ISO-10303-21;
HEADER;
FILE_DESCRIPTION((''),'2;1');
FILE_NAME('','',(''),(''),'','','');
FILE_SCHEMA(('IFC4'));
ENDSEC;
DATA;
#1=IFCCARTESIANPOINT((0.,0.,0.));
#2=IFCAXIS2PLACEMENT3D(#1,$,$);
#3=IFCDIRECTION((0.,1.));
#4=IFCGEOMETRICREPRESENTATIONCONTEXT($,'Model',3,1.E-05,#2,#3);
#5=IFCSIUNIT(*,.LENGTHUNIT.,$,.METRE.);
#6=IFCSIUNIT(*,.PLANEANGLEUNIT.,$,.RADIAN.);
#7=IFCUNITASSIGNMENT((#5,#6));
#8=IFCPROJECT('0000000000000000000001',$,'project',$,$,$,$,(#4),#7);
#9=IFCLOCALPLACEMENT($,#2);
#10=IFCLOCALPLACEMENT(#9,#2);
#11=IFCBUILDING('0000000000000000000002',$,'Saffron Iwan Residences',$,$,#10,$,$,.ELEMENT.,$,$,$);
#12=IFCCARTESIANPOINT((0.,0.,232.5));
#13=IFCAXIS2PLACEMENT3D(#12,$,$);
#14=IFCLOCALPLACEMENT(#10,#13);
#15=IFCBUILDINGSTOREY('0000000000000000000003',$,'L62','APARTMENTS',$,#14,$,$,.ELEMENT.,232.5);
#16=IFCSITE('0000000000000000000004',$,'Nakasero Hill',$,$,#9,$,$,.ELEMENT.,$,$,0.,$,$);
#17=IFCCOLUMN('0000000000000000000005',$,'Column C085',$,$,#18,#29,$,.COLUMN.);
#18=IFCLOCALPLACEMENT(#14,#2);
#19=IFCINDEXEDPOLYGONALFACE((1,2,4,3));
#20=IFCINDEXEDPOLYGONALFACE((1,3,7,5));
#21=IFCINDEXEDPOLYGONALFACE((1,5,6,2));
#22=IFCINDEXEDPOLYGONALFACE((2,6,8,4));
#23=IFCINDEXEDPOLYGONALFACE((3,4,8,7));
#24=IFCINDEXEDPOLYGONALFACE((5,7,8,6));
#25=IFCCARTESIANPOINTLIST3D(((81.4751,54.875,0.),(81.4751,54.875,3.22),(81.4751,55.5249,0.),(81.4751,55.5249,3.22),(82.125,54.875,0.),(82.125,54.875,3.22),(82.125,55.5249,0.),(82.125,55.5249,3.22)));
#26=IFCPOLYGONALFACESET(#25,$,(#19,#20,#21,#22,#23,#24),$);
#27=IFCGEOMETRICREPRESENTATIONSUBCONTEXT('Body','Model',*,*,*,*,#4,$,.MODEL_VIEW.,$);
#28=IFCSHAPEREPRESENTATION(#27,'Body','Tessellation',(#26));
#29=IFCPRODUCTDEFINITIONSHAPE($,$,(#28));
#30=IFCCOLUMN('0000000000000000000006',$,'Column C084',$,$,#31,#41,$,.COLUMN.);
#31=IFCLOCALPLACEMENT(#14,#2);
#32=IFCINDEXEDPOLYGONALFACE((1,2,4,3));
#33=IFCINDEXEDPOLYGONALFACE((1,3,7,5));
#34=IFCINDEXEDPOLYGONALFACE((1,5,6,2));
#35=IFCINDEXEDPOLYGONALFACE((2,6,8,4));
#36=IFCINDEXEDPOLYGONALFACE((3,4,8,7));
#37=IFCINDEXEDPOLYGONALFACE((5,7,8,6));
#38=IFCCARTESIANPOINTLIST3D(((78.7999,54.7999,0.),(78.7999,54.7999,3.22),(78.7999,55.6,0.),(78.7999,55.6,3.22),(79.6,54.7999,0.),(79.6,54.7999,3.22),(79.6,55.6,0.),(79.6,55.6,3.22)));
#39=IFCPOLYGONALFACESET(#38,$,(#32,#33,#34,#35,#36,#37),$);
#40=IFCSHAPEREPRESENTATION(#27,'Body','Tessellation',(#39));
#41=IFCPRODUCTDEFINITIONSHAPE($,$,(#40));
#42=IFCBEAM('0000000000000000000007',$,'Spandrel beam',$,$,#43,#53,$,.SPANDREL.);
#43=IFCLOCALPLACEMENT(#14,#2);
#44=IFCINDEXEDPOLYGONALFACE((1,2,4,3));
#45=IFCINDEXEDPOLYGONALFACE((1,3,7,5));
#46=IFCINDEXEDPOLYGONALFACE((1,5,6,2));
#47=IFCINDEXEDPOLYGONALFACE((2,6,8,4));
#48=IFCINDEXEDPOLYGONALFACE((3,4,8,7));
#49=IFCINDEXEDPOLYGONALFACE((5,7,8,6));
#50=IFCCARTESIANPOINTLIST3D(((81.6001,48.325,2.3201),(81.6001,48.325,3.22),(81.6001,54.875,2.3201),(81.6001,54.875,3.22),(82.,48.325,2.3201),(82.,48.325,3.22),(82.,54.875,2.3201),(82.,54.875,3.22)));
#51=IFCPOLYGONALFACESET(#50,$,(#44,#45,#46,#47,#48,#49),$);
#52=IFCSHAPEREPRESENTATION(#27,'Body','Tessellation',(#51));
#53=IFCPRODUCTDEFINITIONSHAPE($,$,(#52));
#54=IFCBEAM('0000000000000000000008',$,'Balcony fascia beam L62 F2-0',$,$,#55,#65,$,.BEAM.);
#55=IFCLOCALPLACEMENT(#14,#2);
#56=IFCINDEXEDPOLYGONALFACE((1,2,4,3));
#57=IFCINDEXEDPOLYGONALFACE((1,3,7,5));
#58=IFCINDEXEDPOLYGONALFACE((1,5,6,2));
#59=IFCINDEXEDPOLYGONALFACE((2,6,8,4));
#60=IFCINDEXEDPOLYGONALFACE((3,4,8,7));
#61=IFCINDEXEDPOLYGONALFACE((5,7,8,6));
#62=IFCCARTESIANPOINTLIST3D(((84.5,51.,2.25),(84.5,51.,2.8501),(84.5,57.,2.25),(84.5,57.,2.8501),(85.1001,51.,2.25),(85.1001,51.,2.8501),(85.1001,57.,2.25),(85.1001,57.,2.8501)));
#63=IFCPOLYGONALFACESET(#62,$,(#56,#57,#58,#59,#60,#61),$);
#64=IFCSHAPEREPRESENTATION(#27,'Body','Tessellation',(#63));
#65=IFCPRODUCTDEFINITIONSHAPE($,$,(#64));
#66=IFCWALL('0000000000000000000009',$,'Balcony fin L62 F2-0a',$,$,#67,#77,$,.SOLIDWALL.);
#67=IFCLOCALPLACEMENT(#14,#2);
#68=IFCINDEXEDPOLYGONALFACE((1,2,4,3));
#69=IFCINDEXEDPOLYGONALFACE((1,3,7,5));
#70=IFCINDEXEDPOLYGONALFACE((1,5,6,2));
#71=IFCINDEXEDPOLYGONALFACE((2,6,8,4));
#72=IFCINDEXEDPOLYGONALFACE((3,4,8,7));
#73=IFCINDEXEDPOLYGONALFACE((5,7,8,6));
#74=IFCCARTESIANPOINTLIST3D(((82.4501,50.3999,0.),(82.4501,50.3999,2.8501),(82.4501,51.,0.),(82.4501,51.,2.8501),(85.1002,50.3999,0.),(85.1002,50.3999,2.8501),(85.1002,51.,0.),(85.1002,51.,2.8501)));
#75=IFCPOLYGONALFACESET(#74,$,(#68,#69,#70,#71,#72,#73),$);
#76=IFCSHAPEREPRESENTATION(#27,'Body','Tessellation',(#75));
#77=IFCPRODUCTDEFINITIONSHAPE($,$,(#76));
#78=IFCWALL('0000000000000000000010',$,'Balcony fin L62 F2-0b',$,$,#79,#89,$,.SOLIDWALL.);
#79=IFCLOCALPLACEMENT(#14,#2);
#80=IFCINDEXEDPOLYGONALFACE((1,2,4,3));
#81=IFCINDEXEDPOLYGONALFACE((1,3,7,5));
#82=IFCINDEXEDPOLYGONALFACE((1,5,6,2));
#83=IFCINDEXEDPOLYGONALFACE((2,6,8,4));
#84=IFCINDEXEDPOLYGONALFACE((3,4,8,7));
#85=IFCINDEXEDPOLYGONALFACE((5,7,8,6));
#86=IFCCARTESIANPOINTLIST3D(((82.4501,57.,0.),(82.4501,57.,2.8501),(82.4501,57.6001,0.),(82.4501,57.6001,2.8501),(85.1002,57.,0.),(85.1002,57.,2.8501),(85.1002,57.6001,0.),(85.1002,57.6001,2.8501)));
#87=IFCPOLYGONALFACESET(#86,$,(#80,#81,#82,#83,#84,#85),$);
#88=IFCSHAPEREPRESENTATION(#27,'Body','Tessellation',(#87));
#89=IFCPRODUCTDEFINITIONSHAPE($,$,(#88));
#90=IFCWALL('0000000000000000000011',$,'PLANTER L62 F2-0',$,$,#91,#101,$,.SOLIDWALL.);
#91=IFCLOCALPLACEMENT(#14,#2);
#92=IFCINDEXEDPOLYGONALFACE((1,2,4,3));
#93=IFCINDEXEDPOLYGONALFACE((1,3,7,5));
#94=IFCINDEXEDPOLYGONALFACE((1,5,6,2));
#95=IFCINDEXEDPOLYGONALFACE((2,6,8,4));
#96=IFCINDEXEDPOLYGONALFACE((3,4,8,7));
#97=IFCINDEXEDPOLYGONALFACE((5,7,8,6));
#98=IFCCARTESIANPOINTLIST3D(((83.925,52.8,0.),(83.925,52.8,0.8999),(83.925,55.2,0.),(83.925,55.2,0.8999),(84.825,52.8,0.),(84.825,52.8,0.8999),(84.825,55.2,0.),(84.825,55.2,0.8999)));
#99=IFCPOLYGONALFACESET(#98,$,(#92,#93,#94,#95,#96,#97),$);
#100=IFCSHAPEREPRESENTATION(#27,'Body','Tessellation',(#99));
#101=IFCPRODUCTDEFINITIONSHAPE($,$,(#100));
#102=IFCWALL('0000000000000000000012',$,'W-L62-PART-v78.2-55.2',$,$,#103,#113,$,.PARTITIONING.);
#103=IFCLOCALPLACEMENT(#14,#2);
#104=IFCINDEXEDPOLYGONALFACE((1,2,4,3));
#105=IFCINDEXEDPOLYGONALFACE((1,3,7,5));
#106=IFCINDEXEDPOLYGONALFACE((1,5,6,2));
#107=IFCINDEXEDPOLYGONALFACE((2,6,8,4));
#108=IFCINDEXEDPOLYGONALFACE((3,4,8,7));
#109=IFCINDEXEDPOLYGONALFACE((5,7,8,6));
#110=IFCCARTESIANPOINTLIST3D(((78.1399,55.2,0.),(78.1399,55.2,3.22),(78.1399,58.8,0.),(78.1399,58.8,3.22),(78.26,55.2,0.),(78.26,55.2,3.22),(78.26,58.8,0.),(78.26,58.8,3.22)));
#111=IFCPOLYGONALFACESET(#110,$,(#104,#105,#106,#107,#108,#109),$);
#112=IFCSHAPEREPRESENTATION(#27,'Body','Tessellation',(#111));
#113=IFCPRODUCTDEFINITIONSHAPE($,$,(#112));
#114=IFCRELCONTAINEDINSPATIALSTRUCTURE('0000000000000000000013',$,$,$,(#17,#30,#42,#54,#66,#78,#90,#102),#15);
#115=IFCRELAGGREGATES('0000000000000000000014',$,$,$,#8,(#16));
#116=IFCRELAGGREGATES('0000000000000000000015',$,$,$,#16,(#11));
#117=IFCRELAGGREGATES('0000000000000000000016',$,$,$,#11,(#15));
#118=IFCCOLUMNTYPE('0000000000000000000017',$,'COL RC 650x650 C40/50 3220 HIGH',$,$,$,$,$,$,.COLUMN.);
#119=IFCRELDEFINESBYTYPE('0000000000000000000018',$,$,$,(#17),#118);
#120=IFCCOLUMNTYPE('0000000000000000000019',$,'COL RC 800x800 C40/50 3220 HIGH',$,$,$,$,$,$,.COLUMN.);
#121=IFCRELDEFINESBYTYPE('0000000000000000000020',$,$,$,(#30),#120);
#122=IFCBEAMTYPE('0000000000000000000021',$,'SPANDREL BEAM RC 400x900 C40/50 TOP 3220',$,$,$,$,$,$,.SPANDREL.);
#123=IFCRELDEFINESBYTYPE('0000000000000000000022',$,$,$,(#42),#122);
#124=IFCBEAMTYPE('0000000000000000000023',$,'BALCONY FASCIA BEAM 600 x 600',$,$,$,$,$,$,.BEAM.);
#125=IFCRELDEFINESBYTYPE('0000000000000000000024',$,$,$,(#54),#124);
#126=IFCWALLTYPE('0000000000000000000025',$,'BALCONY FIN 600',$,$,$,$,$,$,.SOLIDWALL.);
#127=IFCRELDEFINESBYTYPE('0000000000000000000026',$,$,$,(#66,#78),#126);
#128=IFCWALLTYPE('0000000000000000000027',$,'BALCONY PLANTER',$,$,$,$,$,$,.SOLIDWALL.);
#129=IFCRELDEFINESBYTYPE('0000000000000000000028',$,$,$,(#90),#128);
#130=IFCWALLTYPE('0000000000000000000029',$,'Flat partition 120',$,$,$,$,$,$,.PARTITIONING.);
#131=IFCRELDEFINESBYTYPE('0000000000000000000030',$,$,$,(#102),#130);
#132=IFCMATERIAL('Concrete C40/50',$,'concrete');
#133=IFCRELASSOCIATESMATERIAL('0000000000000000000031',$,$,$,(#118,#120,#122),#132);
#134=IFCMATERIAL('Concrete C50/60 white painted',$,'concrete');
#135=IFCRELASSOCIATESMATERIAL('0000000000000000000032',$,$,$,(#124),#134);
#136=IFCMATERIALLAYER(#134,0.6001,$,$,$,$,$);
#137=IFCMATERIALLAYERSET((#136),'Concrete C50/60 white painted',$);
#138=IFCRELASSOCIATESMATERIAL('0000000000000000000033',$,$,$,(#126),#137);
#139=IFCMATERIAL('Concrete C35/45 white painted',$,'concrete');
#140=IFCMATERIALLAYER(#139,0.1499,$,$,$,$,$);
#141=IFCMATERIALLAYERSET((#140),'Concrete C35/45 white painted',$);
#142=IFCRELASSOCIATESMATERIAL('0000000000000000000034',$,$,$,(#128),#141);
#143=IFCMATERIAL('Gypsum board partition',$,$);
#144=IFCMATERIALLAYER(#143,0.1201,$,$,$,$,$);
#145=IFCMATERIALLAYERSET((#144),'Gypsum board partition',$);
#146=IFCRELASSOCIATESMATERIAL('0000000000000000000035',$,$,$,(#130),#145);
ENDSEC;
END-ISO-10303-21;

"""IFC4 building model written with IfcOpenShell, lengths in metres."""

from ifc_helpers import new_model, si_unit, direction, frame, frame_2d, origin, origin_2d, place, context, subcontext, project, spatial, rectangle, extrude, source, transform, mapped, material, layer, layer_set, material_profile, profile_set, type_object, element, save


model = new_model("IFC4")

# Units and contexts
model_context = context("Model", 3, precision=1e-05, world=origin(), true_north=direction((0.0, 1.0)))
body_context = subcontext(model_context, "Body", "Model", "MODEL_VIEW")
ifc_project = project(units=[si_unit("LENGTHUNIT", "METRE"), si_unit("PLANEANGLEUNIT", "RADIAN")], contexts=[model_context])

# Site, building, storey
site_placement = place(None, origin())
site = spatial("IfcSite", under=ifc_project, at=site_placement, Name="Nakasero Hill", CompositionType="ELEMENT", RefElevation=0.0)
building_placement = place(site_placement, origin())
building = spatial("IfcBuilding", under=site, at=building_placement, Name="Saffron Iwan Residences", CompositionType="ELEMENT")
storey_placement = place(building_placement, frame((0.0, 0.0, 232.5)))
storey = spatial("IfcBuildingStorey", under=building, at=storey_placement, Name="L62", Description="APARTMENTS", CompositionType="ELEMENT", Elevation=232.5)

# Columns
ifc_material_1 = material(Name="Concrete C40/50", Category="concrete")
ifc_material_profile_1 = material_profile(ifc_material_1, rectangle(XDim=0.6499, YDim=0.6499, at=origin_2d()), Name="RC 650x650")
ifc_profile_set_1 = profile_set([ifc_material_profile_1], Name="Concrete C40/50")
column_type_1 = type_object("IfcColumnType", Name="COL RC 650x650 C40/50 3220 HIGH", PredefinedType="COLUMN", material=ifc_profile_set_1)
shared_shape_1 = source(origin(), body_context, "Body", "SweptSolid", [
    extrude(rectangle(XDim=0.6499, YDim=0.6499, at=origin_2d()), origin(), (0.0, 0.0, 1.0), 3.22),
])
column_1_placement = place(storey_placement, frame((81.8, 55.2, 0.0), z_axis=(0.0, 0.0, 1.0), x_axis=(1.0, 0.0, 0.0)))
element("IfcColumn", 1, at=column_1_placement, inside=storey, type_object=column_type_1, Name="Column C085", PredefinedType="COLUMN", context=body_context, shape_type="MappedRepresentation", body=[
    mapped(shared_shape_1, transform((0.0, 0.0, 0.0))),
])
ifc_material_profile_2 = material_profile(ifc_material_1, rectangle(XDim=0.8, YDim=0.8, at=origin_2d()), Name="RC 800x800")
ifc_profile_set_2 = profile_set([ifc_material_profile_2], Name="Concrete C40/50")
column_type_2 = type_object("IfcColumnType", Name="COL RC 800x800 C40/50 3220 HIGH", PredefinedType="COLUMN", material=ifc_profile_set_2)
shared_shape_2 = source(origin(), body_context, "Body", "SweptSolid", [
    extrude(rectangle(XDim=0.8, YDim=0.8, at=origin_2d()), origin(), (0.0, 0.0, 1.0), 3.22),
])
column_2_placement = place(storey_placement, frame((79.2, 55.2, 0.0), z_axis=(0.0, 0.0, 1.0), x_axis=(1.0, 0.0, 0.0)))
element("IfcColumn", 2, at=column_2_placement, inside=storey, type_object=column_type_2, Name="Column C084", PredefinedType="COLUMN", context=body_context, shape_type="MappedRepresentation", body=[
    mapped(shared_shape_2, transform((0.0, 0.0, 0.0))),
])

# Beams
ifc_material_profile_3 = material_profile(ifc_material_1, rectangle(XDim=0.3999, YDim=0.8999, at=origin_2d()), Name="RC 400x900")
ifc_profile_set_3 = profile_set([ifc_material_profile_3], Name="Concrete C40/50")
beam_type_1 = type_object("IfcBeamType", Name="SPANDREL BEAM RC 400x900 C40/50 TOP 3220", PredefinedType="SPANDREL", material=ifc_profile_set_3)
shared_shape_3 = source(origin(), body_context, "Body", "SweptSolid", [
    extrude(rectangle(XDim=0.3999, YDim=0.8999, at=origin_2d()), origin(), (0.0, 0.0, 1.0), 6.55),
])
beam_1_placement = place(storey_placement, frame((81.8, 54.875, 2.77), z_axis=(0.0, -1.0, 0.0), x_axis=(1.0, 0.0, 0.0)))
element("IfcBeam", 3, at=beam_1_placement, inside=storey, type_object=beam_type_1, Name="Spandrel beam", PredefinedType="SPANDREL", context=body_context, shape_type="MappedRepresentation", body=[
    mapped(shared_shape_3, transform((0.0, 0.0, 0.0))),
])
ifc_material_2 = material(Name="Concrete C50/60 white painted", Category="concrete")
ifc_material_profile_4 = material_profile(ifc_material_2, rectangle(XDim=0.6001, YDim=0.6001, at=origin_2d()), Name="BALCONY FASCIA BEAM 600 x 600")
ifc_profile_set_4 = profile_set([ifc_material_profile_4], Name="Concrete C50/60 white painted")
beam_type_2 = type_object("IfcBeamType", Name="BALCONY FASCIA BEAM 600 x 600", PredefinedType="BEAM", material=ifc_profile_set_4)
shared_shape_4 = source(origin(), body_context, "Body", "SweptSolid", [
    extrude(rectangle(XDim=0.6001, YDim=0.6001, at=origin_2d()), origin(), (0.0, 0.0, 1.0), 6.0),
])
beam_2_placement = place(storey_placement, frame((84.8, 51.0, 2.55), z_axis=(0.0, 1.0, 0.0), x_axis=(-1.0, 0.0, 0.0)))
element("IfcBeam", 4, at=beam_2_placement, inside=storey, type_object=beam_type_2, Name="Balcony fascia beam L62 F2-0", PredefinedType="BEAM", context=body_context, shape_type="MappedRepresentation", body=[
    mapped(shared_shape_4, transform((0.0, 0.0, 0.0))),
])

# Walls
ifc_layer_1 = layer(ifc_material_2, 0.6001)
ifc_layer_set_1 = layer_set([ifc_layer_1], Name="Concrete C50/60 white painted")
wall_type_1 = type_object("IfcWallType", Name="BALCONY FIN 600", PredefinedType="SOLIDWALL", material=ifc_layer_set_1)
for number, where, z_axis, x_axis, name in (
    (5, (82.45, 50.7, 0.0), (0.0, 0.0, 1.0), (1.0, 0.0, 0.0), "Balcony fin L62 F2-0a"),
    (6, (82.45, 57.3, 0.0), (0.0, 0.0, 1.0), (1.0, 0.0, 0.0), "Balcony fin L62 F2-0b"),
):
    element("IfcWall", number, at=place(storey_placement, frame(where, z_axis=z_axis, x_axis=x_axis)), inside=storey, type_object=wall_type_1, Name=name, PredefinedType="SOLIDWALL", context=body_context, shape_type="SweptSolid", body=[
        extrude(rectangle(XDim=2.6501, YDim=0.6001, at=frame_2d((1.3252, 0.0))), origin(), (0.0, 0.0, 1.0), 2.8501),
    ])
ifc_material_3 = material(Name="Concrete C35/45 white painted", Category="concrete")
ifc_layer_2 = layer(ifc_material_3, 0.1499)
ifc_layer_set_2 = layer_set([ifc_layer_2], Name="Concrete C35/45 white painted")
wall_type_2 = type_object("IfcWallType", Name="BALCONY PLANTER", PredefinedType="SOLIDWALL", material=ifc_layer_set_2)
wall_1_placement = place(storey_placement, frame((84.375, 52.8, 0.0), z_axis=(0.0, 0.0, 1.0), x_axis=(0.0, 1.0, 0.0)))
element("IfcWall", 7, at=wall_1_placement, inside=storey, type_object=wall_type_2, Name="PLANTER L62 F2-0", PredefinedType="SOLIDWALL", context=body_context, shape_type="SweptSolid", body=[
    extrude(rectangle(XDim=2.3999, YDim=0.8999, at=frame_2d((1.2, 0.0))), origin(), (0.0, 0.0, 1.0), 0.8999),
])

# Wall
ifc_material_4 = material(Name="Gypsum board partition")
ifc_layer_3 = layer(ifc_material_4, 0.1201)
ifc_layer_set_3 = layer_set([ifc_layer_3], Name="Gypsum board partition")
wall_type_3 = type_object("IfcWallType", Name="Flat partition 120", PredefinedType="PARTITIONING", material=ifc_layer_set_3)
wall_2_placement = place(storey_placement, frame((78.2, 55.2, 0.0), z_axis=(0.0, 0.0, 1.0), x_axis=(0.0, 1.0, 0.0)))
element("IfcWall", 8, at=wall_2_placement, inside=storey, type_object=wall_type_3, Name="W-L62-PART-v78.2-55.2", PredefinedType="PARTITIONING", context=body_context, shape_type="SweptSolid", body=[
    extrude(rectangle(XDim=3.6001, YDim=0.1201, at=frame_2d((1.8, 0.0))), origin(), (0.0, 0.0, 1.0), 3.22),
])

save(model, "model.ifc")
